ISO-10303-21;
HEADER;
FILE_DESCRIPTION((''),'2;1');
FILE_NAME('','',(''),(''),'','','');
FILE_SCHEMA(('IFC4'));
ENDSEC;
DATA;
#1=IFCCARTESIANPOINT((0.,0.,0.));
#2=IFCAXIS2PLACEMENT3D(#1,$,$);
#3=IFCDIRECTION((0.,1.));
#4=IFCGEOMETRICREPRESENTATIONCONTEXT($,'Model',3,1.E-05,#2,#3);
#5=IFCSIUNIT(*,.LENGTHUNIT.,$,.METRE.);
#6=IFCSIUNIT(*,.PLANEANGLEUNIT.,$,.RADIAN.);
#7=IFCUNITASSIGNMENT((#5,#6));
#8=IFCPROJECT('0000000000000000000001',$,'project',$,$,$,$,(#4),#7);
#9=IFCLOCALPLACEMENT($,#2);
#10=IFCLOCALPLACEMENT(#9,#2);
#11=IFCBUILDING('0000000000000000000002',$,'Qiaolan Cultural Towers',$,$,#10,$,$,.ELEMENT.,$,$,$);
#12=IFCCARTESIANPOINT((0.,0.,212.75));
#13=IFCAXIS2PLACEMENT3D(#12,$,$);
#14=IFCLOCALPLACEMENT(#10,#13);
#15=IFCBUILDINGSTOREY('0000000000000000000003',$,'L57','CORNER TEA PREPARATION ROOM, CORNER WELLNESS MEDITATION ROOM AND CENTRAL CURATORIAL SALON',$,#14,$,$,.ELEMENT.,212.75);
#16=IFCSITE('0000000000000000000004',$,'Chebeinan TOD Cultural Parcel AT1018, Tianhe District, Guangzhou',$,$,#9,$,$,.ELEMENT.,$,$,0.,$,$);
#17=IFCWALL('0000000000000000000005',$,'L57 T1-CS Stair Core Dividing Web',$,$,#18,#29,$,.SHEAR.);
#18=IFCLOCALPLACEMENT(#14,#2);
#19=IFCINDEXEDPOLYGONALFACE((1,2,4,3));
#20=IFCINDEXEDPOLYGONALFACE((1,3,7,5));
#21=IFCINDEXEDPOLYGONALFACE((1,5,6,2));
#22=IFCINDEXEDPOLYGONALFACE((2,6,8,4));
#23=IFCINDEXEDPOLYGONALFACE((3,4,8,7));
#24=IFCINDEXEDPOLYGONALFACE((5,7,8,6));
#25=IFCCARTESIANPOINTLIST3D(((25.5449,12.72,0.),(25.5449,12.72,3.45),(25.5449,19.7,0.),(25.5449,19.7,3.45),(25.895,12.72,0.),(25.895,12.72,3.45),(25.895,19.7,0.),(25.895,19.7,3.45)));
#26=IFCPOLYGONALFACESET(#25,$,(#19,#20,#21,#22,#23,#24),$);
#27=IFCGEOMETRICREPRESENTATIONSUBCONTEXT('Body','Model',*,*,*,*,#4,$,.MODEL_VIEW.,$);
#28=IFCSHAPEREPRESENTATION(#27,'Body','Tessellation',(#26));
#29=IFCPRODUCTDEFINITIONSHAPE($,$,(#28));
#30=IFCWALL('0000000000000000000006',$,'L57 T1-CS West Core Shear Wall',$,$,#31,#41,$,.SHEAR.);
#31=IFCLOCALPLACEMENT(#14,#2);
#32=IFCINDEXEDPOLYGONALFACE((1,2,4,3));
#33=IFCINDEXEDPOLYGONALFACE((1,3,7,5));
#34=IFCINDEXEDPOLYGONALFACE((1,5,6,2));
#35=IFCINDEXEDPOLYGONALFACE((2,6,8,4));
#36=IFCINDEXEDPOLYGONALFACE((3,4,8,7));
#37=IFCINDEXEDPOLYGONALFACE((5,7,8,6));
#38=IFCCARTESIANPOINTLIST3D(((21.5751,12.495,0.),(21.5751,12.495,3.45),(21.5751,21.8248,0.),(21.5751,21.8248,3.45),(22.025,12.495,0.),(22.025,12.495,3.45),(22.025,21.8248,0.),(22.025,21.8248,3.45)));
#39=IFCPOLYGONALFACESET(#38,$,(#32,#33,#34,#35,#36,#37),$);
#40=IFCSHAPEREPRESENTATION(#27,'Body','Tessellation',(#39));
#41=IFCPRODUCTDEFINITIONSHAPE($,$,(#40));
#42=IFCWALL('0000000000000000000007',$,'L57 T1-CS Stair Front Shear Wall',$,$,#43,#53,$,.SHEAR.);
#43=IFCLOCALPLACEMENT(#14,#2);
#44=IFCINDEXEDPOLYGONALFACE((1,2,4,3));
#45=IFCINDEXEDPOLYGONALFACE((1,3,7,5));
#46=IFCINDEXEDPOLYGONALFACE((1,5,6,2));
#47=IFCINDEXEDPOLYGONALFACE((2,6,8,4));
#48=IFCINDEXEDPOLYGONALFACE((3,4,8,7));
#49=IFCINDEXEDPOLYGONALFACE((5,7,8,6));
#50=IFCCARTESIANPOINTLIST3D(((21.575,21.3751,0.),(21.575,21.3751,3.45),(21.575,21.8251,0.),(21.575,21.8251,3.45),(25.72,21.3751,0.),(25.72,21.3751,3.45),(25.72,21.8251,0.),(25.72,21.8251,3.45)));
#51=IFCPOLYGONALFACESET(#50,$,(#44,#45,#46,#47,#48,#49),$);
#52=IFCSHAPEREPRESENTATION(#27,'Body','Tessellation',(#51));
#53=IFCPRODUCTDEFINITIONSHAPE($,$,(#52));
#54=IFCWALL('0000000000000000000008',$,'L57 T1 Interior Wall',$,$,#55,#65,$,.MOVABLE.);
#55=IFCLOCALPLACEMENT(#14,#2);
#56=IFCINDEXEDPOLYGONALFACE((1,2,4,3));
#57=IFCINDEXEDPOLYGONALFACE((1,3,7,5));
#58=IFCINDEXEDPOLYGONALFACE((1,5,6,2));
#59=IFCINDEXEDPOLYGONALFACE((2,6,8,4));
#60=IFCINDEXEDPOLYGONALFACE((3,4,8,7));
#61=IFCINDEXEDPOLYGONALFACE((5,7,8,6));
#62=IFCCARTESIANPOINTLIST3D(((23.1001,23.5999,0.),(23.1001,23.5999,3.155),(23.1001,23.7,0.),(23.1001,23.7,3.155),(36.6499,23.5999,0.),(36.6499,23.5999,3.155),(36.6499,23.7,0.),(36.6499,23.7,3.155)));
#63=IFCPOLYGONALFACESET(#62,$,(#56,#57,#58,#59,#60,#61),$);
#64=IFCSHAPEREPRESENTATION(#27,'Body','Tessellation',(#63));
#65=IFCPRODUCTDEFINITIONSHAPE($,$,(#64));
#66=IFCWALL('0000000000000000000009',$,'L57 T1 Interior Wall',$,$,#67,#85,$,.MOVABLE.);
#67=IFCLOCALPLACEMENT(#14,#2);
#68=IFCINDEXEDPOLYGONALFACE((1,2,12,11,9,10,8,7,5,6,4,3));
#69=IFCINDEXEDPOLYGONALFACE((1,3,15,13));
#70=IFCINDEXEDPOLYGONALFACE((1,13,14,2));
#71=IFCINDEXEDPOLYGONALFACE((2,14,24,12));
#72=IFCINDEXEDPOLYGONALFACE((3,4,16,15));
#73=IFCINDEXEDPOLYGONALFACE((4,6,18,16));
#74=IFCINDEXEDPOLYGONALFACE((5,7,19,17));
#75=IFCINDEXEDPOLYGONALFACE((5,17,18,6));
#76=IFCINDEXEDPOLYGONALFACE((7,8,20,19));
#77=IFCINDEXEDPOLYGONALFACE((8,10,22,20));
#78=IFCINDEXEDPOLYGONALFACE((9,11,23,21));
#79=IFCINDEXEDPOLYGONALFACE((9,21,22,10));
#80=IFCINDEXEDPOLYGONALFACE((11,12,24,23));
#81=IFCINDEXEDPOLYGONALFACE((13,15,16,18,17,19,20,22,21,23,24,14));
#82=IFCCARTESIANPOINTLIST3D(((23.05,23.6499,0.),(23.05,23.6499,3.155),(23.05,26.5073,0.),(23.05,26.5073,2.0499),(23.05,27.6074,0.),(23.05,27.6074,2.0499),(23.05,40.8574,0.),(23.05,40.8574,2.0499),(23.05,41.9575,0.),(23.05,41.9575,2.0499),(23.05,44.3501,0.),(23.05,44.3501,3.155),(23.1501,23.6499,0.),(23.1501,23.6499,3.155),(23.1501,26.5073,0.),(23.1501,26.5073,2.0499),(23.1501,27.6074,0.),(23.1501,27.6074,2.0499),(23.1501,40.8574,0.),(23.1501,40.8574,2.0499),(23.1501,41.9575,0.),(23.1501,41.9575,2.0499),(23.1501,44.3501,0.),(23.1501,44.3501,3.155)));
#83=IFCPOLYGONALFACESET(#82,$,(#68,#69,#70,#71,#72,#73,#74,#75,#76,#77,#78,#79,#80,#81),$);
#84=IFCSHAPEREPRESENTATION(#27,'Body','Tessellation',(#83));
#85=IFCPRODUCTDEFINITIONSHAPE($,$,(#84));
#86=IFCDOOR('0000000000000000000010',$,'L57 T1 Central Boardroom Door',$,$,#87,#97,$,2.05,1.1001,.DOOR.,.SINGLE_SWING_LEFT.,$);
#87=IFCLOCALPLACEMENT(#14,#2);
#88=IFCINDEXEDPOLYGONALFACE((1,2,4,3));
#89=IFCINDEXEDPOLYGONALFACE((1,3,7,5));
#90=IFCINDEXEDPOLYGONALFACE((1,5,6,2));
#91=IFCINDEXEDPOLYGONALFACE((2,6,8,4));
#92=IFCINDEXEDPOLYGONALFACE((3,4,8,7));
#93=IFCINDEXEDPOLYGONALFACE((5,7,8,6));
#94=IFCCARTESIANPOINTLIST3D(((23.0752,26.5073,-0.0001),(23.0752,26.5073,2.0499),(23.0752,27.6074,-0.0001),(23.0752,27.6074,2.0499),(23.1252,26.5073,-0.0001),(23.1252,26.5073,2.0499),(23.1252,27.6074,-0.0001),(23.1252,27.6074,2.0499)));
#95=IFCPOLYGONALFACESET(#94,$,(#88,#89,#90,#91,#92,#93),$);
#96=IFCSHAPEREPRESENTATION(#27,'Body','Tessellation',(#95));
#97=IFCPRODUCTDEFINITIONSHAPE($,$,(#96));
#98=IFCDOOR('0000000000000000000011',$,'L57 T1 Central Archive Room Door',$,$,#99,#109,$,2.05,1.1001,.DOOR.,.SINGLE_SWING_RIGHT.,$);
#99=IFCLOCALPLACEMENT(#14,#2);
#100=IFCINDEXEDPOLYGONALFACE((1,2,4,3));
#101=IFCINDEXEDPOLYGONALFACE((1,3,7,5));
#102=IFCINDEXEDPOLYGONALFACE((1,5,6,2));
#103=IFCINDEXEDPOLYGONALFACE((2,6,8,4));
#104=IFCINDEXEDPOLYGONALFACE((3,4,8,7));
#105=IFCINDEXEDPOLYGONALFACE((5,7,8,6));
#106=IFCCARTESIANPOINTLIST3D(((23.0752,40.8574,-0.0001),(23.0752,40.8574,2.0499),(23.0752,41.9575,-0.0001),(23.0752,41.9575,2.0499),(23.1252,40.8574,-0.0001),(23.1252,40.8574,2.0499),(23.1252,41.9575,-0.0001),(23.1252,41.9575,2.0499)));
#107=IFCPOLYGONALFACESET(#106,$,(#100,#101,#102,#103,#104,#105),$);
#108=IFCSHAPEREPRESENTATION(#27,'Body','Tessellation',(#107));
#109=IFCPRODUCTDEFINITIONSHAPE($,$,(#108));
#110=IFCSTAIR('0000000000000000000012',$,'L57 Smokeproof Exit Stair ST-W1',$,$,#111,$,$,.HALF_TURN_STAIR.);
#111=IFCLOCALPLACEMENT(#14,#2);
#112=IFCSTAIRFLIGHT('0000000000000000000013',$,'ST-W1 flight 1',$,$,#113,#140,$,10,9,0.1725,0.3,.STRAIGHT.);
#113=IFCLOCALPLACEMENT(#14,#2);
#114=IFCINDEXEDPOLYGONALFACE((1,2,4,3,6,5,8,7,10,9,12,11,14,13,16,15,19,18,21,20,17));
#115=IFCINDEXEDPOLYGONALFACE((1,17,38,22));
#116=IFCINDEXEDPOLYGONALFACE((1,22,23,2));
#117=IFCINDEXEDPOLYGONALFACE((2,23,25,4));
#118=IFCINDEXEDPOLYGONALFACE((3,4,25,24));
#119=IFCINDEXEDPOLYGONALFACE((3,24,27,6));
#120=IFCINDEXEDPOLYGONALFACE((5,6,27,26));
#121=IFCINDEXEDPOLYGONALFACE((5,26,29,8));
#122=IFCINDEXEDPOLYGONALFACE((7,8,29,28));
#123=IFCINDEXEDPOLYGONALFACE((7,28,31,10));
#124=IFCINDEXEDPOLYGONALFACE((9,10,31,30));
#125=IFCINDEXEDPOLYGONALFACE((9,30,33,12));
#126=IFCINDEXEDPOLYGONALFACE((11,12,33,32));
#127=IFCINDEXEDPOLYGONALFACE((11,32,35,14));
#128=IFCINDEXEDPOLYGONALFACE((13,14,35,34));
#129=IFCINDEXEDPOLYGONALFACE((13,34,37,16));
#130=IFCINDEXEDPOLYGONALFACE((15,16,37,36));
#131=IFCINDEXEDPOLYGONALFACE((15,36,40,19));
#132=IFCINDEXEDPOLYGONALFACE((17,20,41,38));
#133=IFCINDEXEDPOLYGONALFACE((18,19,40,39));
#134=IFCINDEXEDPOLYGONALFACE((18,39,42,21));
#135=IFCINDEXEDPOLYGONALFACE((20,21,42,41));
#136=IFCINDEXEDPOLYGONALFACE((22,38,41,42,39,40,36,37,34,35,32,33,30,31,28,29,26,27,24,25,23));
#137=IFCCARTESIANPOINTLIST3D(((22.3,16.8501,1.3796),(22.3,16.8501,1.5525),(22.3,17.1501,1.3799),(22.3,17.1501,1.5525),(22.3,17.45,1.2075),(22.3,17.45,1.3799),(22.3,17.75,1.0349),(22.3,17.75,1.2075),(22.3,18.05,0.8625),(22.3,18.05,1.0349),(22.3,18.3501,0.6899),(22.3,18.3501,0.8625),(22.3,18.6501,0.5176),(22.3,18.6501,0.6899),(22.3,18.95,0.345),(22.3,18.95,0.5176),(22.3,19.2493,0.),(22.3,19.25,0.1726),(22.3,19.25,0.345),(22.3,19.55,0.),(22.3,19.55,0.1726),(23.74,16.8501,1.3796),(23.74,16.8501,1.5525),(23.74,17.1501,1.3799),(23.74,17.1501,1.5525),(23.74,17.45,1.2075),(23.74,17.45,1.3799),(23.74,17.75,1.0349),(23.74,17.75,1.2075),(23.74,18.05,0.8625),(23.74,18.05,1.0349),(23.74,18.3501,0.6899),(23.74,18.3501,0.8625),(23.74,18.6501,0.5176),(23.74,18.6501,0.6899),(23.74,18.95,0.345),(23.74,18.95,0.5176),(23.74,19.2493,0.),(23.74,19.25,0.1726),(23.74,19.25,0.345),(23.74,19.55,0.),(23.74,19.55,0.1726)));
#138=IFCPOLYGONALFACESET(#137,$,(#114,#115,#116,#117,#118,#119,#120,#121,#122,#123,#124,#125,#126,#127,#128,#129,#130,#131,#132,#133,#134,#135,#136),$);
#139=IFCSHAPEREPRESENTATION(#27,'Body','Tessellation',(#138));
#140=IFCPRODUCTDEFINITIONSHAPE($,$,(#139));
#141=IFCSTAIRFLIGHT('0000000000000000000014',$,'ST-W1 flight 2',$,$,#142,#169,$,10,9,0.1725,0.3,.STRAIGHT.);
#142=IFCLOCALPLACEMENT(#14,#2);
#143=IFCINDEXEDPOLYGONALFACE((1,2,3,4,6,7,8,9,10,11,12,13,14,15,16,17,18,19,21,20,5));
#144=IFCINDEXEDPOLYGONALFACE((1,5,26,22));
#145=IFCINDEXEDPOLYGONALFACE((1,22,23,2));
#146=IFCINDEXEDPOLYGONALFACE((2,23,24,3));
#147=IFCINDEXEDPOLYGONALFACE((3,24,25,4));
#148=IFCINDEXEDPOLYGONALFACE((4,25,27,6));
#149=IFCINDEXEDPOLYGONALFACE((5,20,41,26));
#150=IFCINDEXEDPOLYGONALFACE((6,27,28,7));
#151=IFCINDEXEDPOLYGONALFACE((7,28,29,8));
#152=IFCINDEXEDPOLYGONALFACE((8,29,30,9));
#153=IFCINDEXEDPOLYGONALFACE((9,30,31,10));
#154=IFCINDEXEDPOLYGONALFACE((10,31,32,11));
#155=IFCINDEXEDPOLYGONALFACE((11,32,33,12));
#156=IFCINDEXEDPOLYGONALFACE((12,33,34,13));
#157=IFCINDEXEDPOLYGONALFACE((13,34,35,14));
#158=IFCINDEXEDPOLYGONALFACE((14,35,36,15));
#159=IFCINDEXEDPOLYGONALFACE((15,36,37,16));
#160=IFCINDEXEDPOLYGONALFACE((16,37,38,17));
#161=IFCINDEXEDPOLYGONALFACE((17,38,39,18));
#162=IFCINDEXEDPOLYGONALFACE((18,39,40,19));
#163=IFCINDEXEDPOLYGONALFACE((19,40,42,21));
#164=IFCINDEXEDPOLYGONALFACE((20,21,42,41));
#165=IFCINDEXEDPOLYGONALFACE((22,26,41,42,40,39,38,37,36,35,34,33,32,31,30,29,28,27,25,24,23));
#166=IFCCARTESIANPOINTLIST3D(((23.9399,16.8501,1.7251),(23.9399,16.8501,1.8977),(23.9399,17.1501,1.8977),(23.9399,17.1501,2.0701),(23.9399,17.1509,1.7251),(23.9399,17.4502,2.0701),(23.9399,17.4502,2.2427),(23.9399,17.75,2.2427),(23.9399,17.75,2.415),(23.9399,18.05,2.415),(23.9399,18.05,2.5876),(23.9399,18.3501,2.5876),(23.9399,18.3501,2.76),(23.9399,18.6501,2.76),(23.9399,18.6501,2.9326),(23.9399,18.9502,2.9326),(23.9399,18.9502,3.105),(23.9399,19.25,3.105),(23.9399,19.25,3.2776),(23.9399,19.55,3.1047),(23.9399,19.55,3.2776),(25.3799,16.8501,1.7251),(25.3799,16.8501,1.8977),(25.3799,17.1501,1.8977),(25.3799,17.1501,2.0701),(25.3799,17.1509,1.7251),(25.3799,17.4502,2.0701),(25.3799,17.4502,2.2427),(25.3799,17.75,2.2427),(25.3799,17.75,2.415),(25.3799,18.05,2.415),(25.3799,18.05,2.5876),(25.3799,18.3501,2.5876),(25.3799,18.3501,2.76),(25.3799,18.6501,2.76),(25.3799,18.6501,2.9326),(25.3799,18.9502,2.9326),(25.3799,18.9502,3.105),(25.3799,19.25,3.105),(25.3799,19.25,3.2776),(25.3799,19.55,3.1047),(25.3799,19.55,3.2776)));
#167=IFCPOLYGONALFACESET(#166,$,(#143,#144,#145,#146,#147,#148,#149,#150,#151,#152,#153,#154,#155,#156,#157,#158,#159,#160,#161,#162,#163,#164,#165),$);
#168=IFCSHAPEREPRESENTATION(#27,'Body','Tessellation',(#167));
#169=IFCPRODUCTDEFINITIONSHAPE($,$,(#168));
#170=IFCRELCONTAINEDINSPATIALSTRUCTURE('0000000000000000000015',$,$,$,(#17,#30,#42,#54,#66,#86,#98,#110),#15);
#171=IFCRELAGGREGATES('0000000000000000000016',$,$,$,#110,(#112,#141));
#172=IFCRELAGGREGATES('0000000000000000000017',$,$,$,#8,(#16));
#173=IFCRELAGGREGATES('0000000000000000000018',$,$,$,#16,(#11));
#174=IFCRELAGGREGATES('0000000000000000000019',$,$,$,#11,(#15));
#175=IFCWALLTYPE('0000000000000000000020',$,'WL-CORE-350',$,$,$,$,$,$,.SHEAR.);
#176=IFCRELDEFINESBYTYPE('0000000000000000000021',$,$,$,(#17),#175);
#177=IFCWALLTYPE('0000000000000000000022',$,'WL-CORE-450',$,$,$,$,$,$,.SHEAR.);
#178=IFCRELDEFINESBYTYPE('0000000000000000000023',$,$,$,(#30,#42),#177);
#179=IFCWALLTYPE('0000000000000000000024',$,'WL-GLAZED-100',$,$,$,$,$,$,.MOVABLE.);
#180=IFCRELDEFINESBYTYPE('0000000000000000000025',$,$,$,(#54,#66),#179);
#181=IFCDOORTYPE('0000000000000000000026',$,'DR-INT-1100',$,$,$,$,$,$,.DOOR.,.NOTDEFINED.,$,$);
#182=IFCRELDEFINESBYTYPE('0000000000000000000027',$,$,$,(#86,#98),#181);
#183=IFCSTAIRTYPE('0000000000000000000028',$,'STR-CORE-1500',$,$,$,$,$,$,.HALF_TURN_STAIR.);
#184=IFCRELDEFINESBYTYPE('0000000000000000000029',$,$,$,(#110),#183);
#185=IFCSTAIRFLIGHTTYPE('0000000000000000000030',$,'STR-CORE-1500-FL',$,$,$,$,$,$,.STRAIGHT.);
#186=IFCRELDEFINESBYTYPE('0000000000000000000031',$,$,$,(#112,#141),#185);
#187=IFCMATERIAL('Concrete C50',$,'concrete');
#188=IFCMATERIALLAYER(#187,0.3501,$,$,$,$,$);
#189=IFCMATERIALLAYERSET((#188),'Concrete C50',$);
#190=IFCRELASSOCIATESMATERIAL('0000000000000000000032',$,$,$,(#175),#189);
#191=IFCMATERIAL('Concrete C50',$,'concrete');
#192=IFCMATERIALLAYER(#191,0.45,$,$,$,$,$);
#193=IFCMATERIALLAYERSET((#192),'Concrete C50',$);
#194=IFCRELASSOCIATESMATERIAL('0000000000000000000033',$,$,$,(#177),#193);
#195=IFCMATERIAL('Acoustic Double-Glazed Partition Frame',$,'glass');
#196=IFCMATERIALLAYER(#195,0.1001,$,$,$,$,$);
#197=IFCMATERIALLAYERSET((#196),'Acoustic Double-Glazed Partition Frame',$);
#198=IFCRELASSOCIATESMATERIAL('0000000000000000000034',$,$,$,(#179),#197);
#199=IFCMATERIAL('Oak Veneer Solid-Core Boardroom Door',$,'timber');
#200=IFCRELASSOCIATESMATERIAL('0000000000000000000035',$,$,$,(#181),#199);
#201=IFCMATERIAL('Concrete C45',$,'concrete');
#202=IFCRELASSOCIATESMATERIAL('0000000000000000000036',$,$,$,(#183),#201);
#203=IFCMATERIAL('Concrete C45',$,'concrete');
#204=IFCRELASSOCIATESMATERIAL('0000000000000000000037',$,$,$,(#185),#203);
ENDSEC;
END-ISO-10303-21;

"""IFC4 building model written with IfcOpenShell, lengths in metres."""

from ifc_helpers import new_model, si_unit, direction, frame, frame_2d, origin, place, context, subcontext, project, spatial, polyline, rectangle, outline, extrude, material, layer, layer_set, type_object, element, fill, aggregate, save


model = new_model("IFC4")

# Units and contexts
model_context = context("Model", 3, precision=1e-05, world=origin(), true_north=direction((0.0, 1.0)))
body_context = subcontext(model_context, "Body", "Model", "MODEL_VIEW")
ifc_project = project(units=[si_unit("LENGTHUNIT", "METRE"), si_unit("PLANEANGLEUNIT", "RADIAN")], contexts=[model_context])

# Site, building, storey
site_placement = place(None, origin())
site = spatial("IfcSite", under=ifc_project, at=site_placement, Name="Chebeinan TOD Cultural Parcel AT1018, Tianhe District, Guangzhou", CompositionType="ELEMENT", RefElevation=0.0)
building_placement = place(site_placement, origin())
building = spatial("IfcBuilding", under=site, at=building_placement, Name="Qiaolan Cultural Towers", CompositionType="ELEMENT")
storey_placement = place(building_placement, frame((0.0, 0.0, 212.75)))
storey = spatial("IfcBuildingStorey", under=building, at=storey_placement, Name="L57", Description="CORNER TEA PREPARATION ROOM, CORNER WELLNESS MEDITATION ROOM AND CENTRAL CURATORIAL SALON", CompositionType="ELEMENT", Elevation=212.75)

# Walls
ifc_material_1 = material(Name="Concrete C50", Category="concrete")
ifc_layer_1 = layer(ifc_material_1, 0.3501)
ifc_layer_set_1 = layer_set([ifc_layer_1], Name="Concrete C50")
wall_type_1 = type_object("IfcWallType", Name="WL-CORE-350", PredefinedType="SHEAR", material=ifc_layer_set_1)
wall_1_placement = place(storey_placement, frame((25.72, 19.7, 0.0), z_axis=(0.0, 0.0, 1.0), x_axis=(0.0, -1.0, 0.0)))
element("IfcWall", 1, at=wall_1_placement, inside=storey, type_object=wall_type_1, Name="L57 T1-CS Stair Core Dividing Web", PredefinedType="SHEAR", context=body_context, shape_type="SweptSolid", body=[
    extrude(rectangle(XDim=6.98, YDim=0.3501, at=frame_2d((3.49, 0.0))), origin(), (0.0, 0.0, 1.0), 3.45),
])
ifc_material_2 = material(Name="Concrete C50", Category="concrete")
ifc_layer_2 = layer(ifc_material_2, 0.45)
ifc_layer_set_2 = layer_set([ifc_layer_2], Name="Concrete C50")
wall_type_2 = type_object("IfcWallType", Name="WL-CORE-450", PredefinedType="SHEAR", material=ifc_layer_set_2)
wall_2_placement = place(storey_placement, frame((21.8, 21.825, 0.0), z_axis=(0.0, 0.0, 1.0), x_axis=(0.0, -1.0, 0.0)))
element("IfcWall", 2, at=wall_2_placement, inside=storey, type_object=wall_type_2, Name="L57 T1-CS West Core Shear Wall", PredefinedType="SHEAR", context=body_context, shape_type="SweptSolid", body=[
    extrude(rectangle(XDim=9.3298, YDim=0.45, at=frame_2d((4.665, 0.0))), origin(), (0.0, 0.0, 1.0), 3.45),
])
wall_3_placement = place(storey_placement, frame((21.575, 21.6001, 0.0), z_axis=(0.0, 0.0, 1.0), x_axis=(1.0, 0.0, 0.0)))
element("IfcWall", 3, at=wall_3_placement, inside=storey, type_object=wall_type_2, Name="L57 T1-CS Stair Front Shear Wall", PredefinedType="SHEAR", context=body_context, shape_type="SweptSolid", body=[
    extrude(rectangle(XDim=4.145, YDim=0.45, at=frame_2d((2.0725, 0.0))), origin(), (0.0, 0.0, 1.0), 3.45),
])
ifc_material_3 = material(Name="Acoustic Double-Glazed Partition Frame", Category="glass")
ifc_layer_3 = layer(ifc_material_3, 0.1001)
ifc_layer_set_3 = layer_set([ifc_layer_3], Name="Acoustic Double-Glazed Partition Frame")
wall_type_3 = type_object("IfcWallType", Name="WL-GLAZED-100", PredefinedType="MOVABLE", material=ifc_layer_set_3)
wall_4_placement = place(storey_placement, frame((23.1001, 23.6499, 0.0), z_axis=(0.0, 0.0, 1.0), x_axis=(1.0, 0.0, 0.0)))
element("IfcWall", 4, at=wall_4_placement, inside=storey, type_object=wall_type_3, Name="L57 T1 Interior Wall", PredefinedType="MOVABLE", context=body_context, shape_type="SweptSolid", body=[
    extrude(rectangle(XDim=13.5498, YDim=0.1001, at=frame_2d((6.7749, 0.0))), origin(), (0.0, 0.0, 1.0), 3.155),
])

# Wall, openings, doors
wall_5_placement = place(storey_placement, frame((23.1001, 23.6499, 0.0), z_axis=(0.0, 0.0, 1.0), x_axis=(0.0, 1.0, 0.0)))
wall_5 = element("IfcWall", 5, at=wall_5_placement, inside=storey, type_object=wall_type_3, Name="L57 T1 Interior Wall", PredefinedType="MOVABLE", context=body_context, shape_type="SweptSolid", body=[
    extrude(rectangle(XDim=20.7002, YDim=0.1001, at=frame_2d((10.3501, 0.0))), origin(), (0.0, 0.0, 1.0), 3.155),
])
opening_1_placement = place(wall_5_placement, frame((2.8574, 0.0, 0.0)))
opening_1 = element("IfcOpeningElement", 6, at=opening_1_placement, cuts=wall_5, PredefinedType="OPENING", context=body_context, shape_type="SweptSolid", body=[
    extrude(rectangle(XDim=1.1001, YDim=2.05, at=frame_2d((0.55, 1.0249))), frame((0.0, 0.0601, 0.0), z_axis=(0.0, -1.0, 0.0), x_axis=(1.0, 0.0, 0.0)), (0.0, 0.0, 1.0), 0.1201),
])
opening_2_placement = place(wall_5_placement, frame((17.2075, 0.0, 0.0)))
opening_2 = element("IfcOpeningElement", 7, at=opening_2_placement, cuts=wall_5, PredefinedType="OPENING", context=body_context, shape_type="SweptSolid", body=[
    extrude(rectangle(XDim=1.1001, YDim=2.05, at=frame_2d((0.55, 1.0249))), frame((0.0, 0.0601, 0.0), z_axis=(0.0, -1.0, 0.0), x_axis=(1.0, 0.0, 0.0)), (0.0, 0.0, 1.0), 0.1201),
])
ifc_material_4 = material(Name="Oak Veneer Solid-Core Boardroom Door", Category="timber")
door_type = type_object("IfcDoorType", Name="DR-INT-1100", OperationType="NOTDEFINED", PredefinedType="DOOR", material=ifc_material_4)
door_1_placement = place(opening_1_placement, origin())
door_1 = element("IfcDoor", 8, at=door_1_placement, inside=storey, type_object=door_type, Name="L57 T1 Central Boardroom Door", OperationType="SINGLE_SWING_LEFT", OverallHeight=2.05, OverallWidth=1.1001, PredefinedType="DOOR", context=body_context, shape_type="SweptSolid", body=[
    extrude(rectangle(XDim=1.1001, YDim=2.05, at=frame_2d((0.55, 1.0249))), frame((0.0, 0.0249, 0.0), z_axis=(0.0, -1.0, 0.0), x_axis=(1.0, 0.0, 0.0)), (0.0, 0.0, 1.0), 0.05),
])
fill(opening_1, door_1)
door_2_placement = place(opening_2_placement, origin())
door_2 = element("IfcDoor", 9, at=door_2_placement, inside=storey, type_object=door_type, Name="L57 T1 Central Archive Room Door", OperationType="SINGLE_SWING_RIGHT", OverallHeight=2.05, OverallWidth=1.1001, PredefinedType="DOOR", context=body_context, shape_type="SweptSolid", body=[
    extrude(rectangle(XDim=1.1001, YDim=2.05, at=frame_2d((0.55, 1.0249))), frame((0.0, 0.0249, 0.0), z_axis=(0.0, -1.0, 0.0), x_axis=(1.0, 0.0, 0.0)), (0.0, 0.0, 1.0), 0.05),
])
fill(opening_2, door_2)

# Stair, stair flights
ifc_material_5 = material(Name="Concrete C45", Category="concrete")
stair_type = type_object("IfcStairType", Name="STR-CORE-1500", PredefinedType="HALF_TURN_STAIR", material=ifc_material_5)
stair_placement = place(storey_placement, origin())
stair = element("IfcStair", 10, at=stair_placement, inside=storey, type_object=stair_type, Name="L57 Smokeproof Exit Stair ST-W1", PredefinedType="HALF_TURN_STAIR")
ifc_material_6 = material(Name="Concrete C45", Category="concrete")
stair_flight_type = type_object("IfcStairFlightType", Name="STR-CORE-1500-FL", PredefinedType="STRAIGHT", material=ifc_material_6)
stair_flight_1_placement = place(storey_placement, frame((23.02, 19.55, 0.0), z_axis=(0.0, 0.0, 1.0), x_axis=(0.0, -1.0, 0.0)))
stair_flight_1 = element("IfcStairFlight", 11, at=stair_flight_1_placement, type_object=stair_flight_type, Name="ST-W1 flight 1", NumberOfRisers=10, NumberOfTreads=9, PredefinedType="STRAIGHT", RiserHeight=0.1725, TreadLength=0.3, context=body_context, shape_type="SweptSolid", body=[
    extrude(outline(polyline([(0.0, 0.0), (0.0, 0.1726), (0.3, 0.1726), (0.3, 0.345), (0.6001, 0.345), (0.6001, 0.5176), (0.8999, 0.5176), (0.8999, 0.6899), (1.2, 0.6899), (1.2, 0.8625), (1.5, 0.8625), (1.5, 1.0349), (1.8, 1.0349), (1.8, 1.2075), (2.1001, 1.2075), (2.1001, 1.3799), (2.3999, 1.3799), (2.3999, 1.5525), (2.7, 1.5525), (2.7, 1.7251), (2.7, 1.3796), (0.3008, 0.0), (0.0, 0.0)])), frame((0.0, 0.72, 0.0), z_axis=(0.0, -1.0, 0.0), x_axis=(1.0, 0.0, 0.0)), (0.0, 0.0, 1.0), 1.4399),
])
stair_flight_2_placement = place(storey_placement, frame((24.6599, 16.8501, 1.7251), z_axis=(0.0, 0.0, 1.0), x_axis=(0.0, 1.0, 0.0)))
stair_flight_2 = element("IfcStairFlight", 12, at=stair_flight_2_placement, type_object=stair_flight_type, Name="ST-W1 flight 2", NumberOfRisers=10, NumberOfTreads=9, PredefinedType="STRAIGHT", RiserHeight=0.1725, TreadLength=0.3, context=body_context, shape_type="SweptSolid", body=[
    extrude(outline(polyline([(0.0, 0.0), (0.0, 0.1726), (0.3, 0.1726), (0.3, 0.345), (0.6001, 0.345), (0.6001, 0.5176), (0.8999, 0.5176), (0.8999, 0.6899), (1.2, 0.6899), (1.2, 0.8625), (1.5, 0.8625), (1.5, 1.0349), (1.8, 1.0349), (1.8, 1.2075), (2.1001, 1.2075), (2.1001, 1.3799), (2.3999, 1.3799), (2.3999, 1.5525), (2.7, 1.5525), (2.7, 1.7251), (2.7, 1.3796), (0.3008, 0.0), (0.0, 0.0)])), frame((0.0, 0.72, 0.0), z_axis=(0.0, -1.0, 0.0), x_axis=(1.0, 0.0, 0.0)), (0.0, 0.0, 1.0), 1.4399),
])
aggregate(stair, [stair_flight_1, stair_flight_2])

save(model, "model.ifc")
